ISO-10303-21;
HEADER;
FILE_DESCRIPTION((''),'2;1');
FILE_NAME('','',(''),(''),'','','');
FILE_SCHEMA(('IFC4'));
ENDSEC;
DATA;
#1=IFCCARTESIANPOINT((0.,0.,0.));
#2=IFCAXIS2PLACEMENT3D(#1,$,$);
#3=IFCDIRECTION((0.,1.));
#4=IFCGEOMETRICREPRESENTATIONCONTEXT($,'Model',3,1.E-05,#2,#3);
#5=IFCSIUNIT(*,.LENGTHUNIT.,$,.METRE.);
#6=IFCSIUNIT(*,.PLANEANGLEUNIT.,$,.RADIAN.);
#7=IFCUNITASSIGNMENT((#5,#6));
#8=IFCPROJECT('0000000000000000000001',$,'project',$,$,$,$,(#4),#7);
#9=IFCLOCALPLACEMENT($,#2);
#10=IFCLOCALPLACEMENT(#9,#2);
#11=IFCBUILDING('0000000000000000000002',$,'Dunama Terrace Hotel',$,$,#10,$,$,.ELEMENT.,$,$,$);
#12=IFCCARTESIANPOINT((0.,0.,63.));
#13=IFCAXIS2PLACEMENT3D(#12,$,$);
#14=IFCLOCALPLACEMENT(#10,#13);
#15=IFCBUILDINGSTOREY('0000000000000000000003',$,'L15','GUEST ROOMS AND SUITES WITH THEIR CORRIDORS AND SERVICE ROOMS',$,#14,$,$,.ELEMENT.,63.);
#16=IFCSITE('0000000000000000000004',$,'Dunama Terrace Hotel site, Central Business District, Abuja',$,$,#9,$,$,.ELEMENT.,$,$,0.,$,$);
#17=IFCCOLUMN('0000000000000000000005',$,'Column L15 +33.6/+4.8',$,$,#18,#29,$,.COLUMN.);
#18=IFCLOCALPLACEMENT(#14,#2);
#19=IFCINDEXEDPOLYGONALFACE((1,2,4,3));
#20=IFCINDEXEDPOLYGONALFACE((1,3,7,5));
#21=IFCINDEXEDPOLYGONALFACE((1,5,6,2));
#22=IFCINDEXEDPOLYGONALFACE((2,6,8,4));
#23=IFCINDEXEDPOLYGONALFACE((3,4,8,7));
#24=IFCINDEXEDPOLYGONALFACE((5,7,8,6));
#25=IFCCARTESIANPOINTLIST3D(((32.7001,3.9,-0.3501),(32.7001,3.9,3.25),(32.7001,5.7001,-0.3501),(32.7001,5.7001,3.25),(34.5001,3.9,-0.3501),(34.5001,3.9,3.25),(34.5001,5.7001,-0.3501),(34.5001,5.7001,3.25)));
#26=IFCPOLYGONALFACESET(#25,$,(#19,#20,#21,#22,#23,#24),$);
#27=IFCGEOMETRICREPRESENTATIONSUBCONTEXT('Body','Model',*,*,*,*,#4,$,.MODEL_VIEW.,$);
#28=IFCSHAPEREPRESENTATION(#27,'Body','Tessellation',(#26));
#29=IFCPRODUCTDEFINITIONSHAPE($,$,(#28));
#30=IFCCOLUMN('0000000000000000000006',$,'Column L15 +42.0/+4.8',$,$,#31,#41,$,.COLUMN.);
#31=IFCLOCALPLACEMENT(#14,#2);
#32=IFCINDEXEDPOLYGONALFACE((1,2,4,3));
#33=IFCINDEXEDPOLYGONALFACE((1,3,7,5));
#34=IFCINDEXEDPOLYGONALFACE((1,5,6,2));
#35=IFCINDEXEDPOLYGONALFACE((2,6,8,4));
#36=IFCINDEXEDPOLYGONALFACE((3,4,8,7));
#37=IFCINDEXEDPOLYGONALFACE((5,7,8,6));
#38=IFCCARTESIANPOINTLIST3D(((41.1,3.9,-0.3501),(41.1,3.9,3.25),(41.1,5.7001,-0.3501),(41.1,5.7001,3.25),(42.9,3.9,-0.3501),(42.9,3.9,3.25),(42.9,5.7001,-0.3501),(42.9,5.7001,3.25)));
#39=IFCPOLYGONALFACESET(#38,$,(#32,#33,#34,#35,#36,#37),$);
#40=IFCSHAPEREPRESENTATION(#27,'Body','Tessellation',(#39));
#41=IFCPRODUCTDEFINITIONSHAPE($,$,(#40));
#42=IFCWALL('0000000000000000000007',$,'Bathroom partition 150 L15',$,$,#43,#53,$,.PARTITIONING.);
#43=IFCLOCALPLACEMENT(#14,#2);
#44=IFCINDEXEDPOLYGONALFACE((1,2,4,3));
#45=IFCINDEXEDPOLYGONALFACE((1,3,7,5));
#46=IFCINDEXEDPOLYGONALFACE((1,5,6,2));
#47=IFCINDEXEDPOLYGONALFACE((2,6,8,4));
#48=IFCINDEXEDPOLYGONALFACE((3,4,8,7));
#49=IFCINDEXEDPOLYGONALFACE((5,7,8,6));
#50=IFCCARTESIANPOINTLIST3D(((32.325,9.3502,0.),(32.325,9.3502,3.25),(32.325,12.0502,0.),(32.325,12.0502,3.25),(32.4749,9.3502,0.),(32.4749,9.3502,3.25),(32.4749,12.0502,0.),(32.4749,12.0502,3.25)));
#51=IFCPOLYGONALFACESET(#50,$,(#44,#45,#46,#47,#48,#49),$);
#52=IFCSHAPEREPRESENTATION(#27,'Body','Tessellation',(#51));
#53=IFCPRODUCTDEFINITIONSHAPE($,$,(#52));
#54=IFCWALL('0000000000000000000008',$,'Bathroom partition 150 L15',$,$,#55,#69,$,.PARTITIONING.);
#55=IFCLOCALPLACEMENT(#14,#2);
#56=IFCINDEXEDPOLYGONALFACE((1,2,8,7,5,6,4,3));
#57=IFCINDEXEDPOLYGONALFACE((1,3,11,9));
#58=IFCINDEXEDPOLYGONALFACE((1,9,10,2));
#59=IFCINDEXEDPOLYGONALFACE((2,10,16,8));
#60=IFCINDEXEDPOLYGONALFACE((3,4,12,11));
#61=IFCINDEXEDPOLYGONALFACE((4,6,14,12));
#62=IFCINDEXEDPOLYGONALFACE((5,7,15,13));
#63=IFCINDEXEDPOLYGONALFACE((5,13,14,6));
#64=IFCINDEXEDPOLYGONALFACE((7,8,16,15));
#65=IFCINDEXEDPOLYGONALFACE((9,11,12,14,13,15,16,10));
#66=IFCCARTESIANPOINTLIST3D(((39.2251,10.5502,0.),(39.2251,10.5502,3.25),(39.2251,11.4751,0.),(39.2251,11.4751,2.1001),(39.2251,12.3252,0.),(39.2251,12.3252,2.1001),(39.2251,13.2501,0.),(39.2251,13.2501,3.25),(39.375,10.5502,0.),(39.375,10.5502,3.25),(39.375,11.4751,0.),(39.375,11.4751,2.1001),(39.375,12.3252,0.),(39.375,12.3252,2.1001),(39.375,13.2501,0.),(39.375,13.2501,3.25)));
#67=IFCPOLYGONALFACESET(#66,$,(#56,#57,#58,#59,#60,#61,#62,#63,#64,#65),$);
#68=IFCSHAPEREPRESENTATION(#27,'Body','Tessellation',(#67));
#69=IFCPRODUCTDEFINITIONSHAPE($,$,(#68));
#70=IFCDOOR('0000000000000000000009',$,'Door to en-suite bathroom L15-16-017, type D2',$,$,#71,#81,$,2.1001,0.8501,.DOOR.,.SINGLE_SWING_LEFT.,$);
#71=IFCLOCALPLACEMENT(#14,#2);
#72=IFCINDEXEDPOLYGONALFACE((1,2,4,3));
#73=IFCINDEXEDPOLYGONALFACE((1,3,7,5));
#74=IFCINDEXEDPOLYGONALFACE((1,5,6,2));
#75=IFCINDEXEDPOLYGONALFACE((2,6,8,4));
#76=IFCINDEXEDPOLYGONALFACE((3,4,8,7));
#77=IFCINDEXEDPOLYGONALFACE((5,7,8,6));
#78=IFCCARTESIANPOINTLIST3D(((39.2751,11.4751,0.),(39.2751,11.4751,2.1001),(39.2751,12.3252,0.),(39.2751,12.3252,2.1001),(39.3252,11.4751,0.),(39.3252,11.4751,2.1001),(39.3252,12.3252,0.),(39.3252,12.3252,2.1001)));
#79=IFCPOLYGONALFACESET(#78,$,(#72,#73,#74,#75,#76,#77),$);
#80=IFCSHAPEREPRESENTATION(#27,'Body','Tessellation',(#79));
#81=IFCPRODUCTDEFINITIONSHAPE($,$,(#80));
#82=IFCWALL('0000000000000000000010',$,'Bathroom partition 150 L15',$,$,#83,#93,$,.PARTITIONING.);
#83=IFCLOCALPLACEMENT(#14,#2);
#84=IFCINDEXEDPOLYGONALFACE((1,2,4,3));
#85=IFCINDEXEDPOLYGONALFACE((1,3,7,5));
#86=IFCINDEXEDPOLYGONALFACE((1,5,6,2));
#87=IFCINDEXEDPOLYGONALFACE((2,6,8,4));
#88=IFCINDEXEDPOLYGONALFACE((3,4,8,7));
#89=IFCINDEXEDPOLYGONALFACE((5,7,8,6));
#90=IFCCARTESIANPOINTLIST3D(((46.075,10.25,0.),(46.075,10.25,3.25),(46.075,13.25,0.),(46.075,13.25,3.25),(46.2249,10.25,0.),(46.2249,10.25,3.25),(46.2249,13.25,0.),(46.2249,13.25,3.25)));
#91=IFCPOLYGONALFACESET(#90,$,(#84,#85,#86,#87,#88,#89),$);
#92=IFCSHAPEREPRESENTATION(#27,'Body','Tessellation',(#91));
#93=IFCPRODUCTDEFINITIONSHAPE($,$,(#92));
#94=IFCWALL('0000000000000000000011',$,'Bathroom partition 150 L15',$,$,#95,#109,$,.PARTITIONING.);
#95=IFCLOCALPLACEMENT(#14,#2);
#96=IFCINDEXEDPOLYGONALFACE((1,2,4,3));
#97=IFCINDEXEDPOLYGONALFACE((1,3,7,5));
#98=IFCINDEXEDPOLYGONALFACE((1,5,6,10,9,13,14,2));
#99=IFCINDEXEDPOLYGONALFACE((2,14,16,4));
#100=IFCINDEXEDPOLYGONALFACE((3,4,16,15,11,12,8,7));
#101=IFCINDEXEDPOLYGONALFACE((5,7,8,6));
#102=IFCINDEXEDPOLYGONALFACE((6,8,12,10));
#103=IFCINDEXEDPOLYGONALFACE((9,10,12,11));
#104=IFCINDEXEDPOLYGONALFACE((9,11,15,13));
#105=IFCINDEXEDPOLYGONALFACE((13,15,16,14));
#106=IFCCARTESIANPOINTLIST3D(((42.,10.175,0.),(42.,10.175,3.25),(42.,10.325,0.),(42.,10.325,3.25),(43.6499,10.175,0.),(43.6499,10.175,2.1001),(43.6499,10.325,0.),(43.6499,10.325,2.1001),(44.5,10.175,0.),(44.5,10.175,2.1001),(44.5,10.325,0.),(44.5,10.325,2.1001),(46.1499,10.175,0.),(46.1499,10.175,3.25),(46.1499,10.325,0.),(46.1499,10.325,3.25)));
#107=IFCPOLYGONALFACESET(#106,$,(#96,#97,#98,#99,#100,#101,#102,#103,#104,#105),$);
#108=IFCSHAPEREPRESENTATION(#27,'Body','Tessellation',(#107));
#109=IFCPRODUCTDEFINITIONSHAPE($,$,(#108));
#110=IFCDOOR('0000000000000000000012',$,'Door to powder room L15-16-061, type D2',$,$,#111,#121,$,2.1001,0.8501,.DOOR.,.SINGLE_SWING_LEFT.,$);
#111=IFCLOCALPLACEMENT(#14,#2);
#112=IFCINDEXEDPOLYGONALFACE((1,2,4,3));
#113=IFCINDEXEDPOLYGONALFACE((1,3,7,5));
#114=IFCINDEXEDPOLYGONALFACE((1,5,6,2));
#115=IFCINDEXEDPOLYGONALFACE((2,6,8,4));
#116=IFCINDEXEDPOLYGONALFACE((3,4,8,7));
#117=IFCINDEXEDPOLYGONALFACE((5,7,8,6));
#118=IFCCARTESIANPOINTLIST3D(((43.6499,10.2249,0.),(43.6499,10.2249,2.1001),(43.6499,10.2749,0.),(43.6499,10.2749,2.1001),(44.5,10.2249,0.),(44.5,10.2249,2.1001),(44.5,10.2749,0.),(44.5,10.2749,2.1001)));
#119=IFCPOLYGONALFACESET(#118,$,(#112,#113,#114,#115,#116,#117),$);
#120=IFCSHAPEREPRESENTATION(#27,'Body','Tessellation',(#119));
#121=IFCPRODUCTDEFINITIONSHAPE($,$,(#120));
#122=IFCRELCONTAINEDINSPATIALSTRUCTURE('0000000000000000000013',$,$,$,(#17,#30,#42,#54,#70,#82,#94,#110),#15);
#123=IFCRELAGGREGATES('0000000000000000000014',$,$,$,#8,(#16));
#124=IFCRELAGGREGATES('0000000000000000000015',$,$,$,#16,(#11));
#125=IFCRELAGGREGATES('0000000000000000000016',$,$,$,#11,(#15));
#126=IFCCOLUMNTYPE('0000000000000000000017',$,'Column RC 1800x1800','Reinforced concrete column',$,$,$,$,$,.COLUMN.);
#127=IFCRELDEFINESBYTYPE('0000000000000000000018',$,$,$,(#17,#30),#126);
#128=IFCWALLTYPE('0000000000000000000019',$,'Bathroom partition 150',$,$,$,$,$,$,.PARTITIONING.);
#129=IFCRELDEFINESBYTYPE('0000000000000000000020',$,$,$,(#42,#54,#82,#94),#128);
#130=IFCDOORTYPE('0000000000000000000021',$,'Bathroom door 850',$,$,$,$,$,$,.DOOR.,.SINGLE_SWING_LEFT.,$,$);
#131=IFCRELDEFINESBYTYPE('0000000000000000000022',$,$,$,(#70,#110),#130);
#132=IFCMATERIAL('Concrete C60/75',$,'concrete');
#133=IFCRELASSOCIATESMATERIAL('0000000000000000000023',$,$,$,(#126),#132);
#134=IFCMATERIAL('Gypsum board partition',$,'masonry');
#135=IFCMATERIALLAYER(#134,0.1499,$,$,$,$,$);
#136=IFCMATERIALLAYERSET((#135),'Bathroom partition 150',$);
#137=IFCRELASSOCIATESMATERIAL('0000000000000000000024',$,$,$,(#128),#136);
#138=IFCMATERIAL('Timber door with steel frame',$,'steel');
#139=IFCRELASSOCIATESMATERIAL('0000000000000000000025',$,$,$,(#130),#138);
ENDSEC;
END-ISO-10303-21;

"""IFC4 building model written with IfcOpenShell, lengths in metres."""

from ifc_helpers import new_model, si_unit, direction, frame, frame_2d, origin, origin_2d, place, context, subcontext, project, spatial, rectangle, extrude, material, layer, layer_set, material_profile, profile_set, type_object, element, fill, save


model = new_model("IFC4")

# Units and contexts
model_context = context("Model", 3, precision=1e-05, world=origin(), true_north=direction((0.0, 1.0)))
body_context = subcontext(model_context, "Body", "Model", "MODEL_VIEW")
ifc_project = project(units=[si_unit("LENGTHUNIT", "METRE"), si_unit("PLANEANGLEUNIT", "RADIAN")], contexts=[model_context])

# Site, building, storey
site_placement = place(None, origin())
site = spatial("IfcSite", under=ifc_project, at=site_placement, Name="Dunama Terrace Hotel site, Central Business District, Abuja", CompositionType="ELEMENT", RefElevation=0.0)
building_placement = place(site_placement, origin())
building = spatial("IfcBuilding", under=site, at=building_placement, Name="Dunama Terrace Hotel", CompositionType="ELEMENT")
storey_placement = place(building_placement, frame((0.0, 0.0, 63.0)))
storey = spatial("IfcBuildingStorey", under=building, at=storey_placement, Name="L15", Description="GUEST ROOMS AND SUITES WITH THEIR CORRIDORS AND SERVICE ROOMS", CompositionType="ELEMENT", Elevation=63.0)

# Columns
ifc_material_1 = material(Name="Concrete C60/75", Category="concrete")
ifc_material_profile = material_profile(ifc_material_1, rectangle(XDim=1.8, YDim=1.8, at=origin_2d()), Name="RC 1800x1800")
ifc_profile_set = profile_set([ifc_material_profile], Name="Concrete C60/75")
column_type = type_object("IfcColumnType", Name="Column RC 1800x1800", Description="Reinforced concrete column", PredefinedType="COLUMN", material=ifc_profile_set)
for number, where, z_axis, x_axis, name in (
    (1, (33.6001, 4.8, -0.3501), (0.0, 0.0, 1.0), (1.0, 0.0, 0.0), "Column L15 +33.6/+4.8"),
    (2, (42.0, 4.8, -0.3501), (0.0, 0.0, 1.0), (1.0, 0.0, 0.0), "Column L15 +42.0/+4.8"),
):
    element("IfcColumn", number, at=place(storey_placement, frame(where, z_axis=z_axis, x_axis=x_axis)), inside=storey, type_object=column_type, Name=name, PredefinedType="COLUMN", context=body_context, shape_type="SweptSolid", body=[
        extrude(rectangle(XDim=1.8, YDim=1.8, at=origin_2d()), origin(), (0.0, 0.0, 1.0), 3.6001),
    ])

# Wall
ifc_material_2 = material(Name="Gypsum board partition", Category="masonry")
ifc_layer_1 = layer(ifc_material_2, 0.1499)
ifc_layer_set_1 = layer_set([ifc_layer_1], Name="Bathroom partition 150")
wall_type_1 = type_object("IfcWallType", Name="Bathroom partition 150", PredefinedType="PARTITIONING", material=ifc_layer_set_1)
wall_1_placement = place(storey_placement, frame((32.3999, 9.3501, 0.0), z_axis=(0.0, 0.0, 1.0), x_axis=(0.0, 1.0, 0.0)))
element("IfcWall", 3, at=wall_1_placement, inside=storey, type_object=wall_type_1, Name="Bathroom partition 150 L15", PredefinedType="PARTITIONING", context=body_context, shape_type="SweptSolid", body=[
    extrude(rectangle(XDim=2.7, YDim=0.1499, at=frame_2d((1.3501, 0.0))), origin(), (0.0, 0.0, 1.0), 3.25),
])

# Wall, opening, door
wall_2_placement = place(storey_placement, frame((39.3, 10.55, 0.0), z_axis=(0.0, 0.0, 1.0), x_axis=(0.0, 1.0, 0.0)))
wall_2 = element("IfcWall", 4, at=wall_2_placement, inside=storey, type_object=wall_type_1, Name="Bathroom partition 150 L15", PredefinedType="PARTITIONING", context=body_context, shape_type="SweptSolid", body=[
    extrude(rectangle(XDim=2.7, YDim=0.1499, at=frame_2d((1.3501, 0.0))), origin(), (0.0, 0.0, 1.0), 3.25),
])
opening_1_placement = place(wall_2_placement, frame((0.925, 0.0, 0.0)))
opening_1 = element("IfcOpeningElement", 5, at=opening_1_placement, cuts=wall_2, PredefinedType="OPENING", context=body_context, shape_type="SweptSolid", body=[
    extrude(rectangle(XDim=0.8501, YDim=2.1001, at=frame_2d((0.425, 1.05))), frame((0.0, 0.085, 0.0), z_axis=(0.0, -1.0, 0.0), x_axis=(1.0, 0.0, 0.0)), (0.0, 0.0, 1.0), 0.1699),
])
ifc_material_3 = material(Name="Timber door with steel frame", Category="steel")
door_type_1 = type_object("IfcDoorType", Name="Bathroom door 850", OperationType="SINGLE_SWING_LEFT", PredefinedType="DOOR", material=ifc_material_3)
door_1_placement = place(opening_1_placement, frame((0.8501, 0.0, 0.0), z_axis=(0.0, 0.0, 1.0), x_axis=(-1.0, 0.0, 0.0)))
door_1 = element("IfcDoor", 6, at=door_1_placement, inside=storey, type_object=door_type_1, Name="Door to en-suite bathroom L15-16-017, type D2", OperationType="SINGLE_SWING_LEFT", OverallHeight=2.1001, OverallWidth=0.8501, PredefinedType="DOOR", context=body_context, shape_type="SweptSolid", body=[
    extrude(rectangle(XDim=0.8501, YDim=2.1001, at=frame_2d((0.425, 1.05))), frame((0.0, 0.0251, 0.0), z_axis=(0.0, -1.0, 0.0), x_axis=(1.0, 0.0, 0.0)), (0.0, 0.0, 1.0), 0.05),
])
fill(opening_1, door_1)

# Wall
wall_3_placement = place(storey_placement, frame((46.1499, 10.25, 0.0), z_axis=(0.0, 0.0, 1.0), x_axis=(0.0, 1.0, 0.0)))
element("IfcWall", 7, at=wall_3_placement, inside=storey, type_object=wall_type_1, Name="Bathroom partition 150 L15", PredefinedType="PARTITIONING", context=body_context, shape_type="SweptSolid", body=[
    extrude(rectangle(XDim=3.0, YDim=0.1499, at=frame_2d((1.5, 0.0))), origin(), (0.0, 0.0, 1.0), 3.25),
])

# Wall, opening, door
wall_4_placement = place(storey_placement, frame((42.0, 10.25, 0.0), z_axis=(0.0, 0.0, 1.0), x_axis=(1.0, 0.0, 0.0)))
wall_4 = element("IfcWall", 8, at=wall_4_placement, inside=storey, type_object=wall_type_1, Name="Bathroom partition 150 L15", PredefinedType="PARTITIONING", context=body_context, shape_type="SweptSolid", body=[
    extrude(rectangle(XDim=4.1499, YDim=0.1499, at=frame_2d((2.075, 0.0))), origin(), (0.0, 0.0, 1.0), 3.25),
])
opening_2_placement = place(wall_4_placement, frame((1.6499, 0.0, 0.0)))
opening_2 = element("IfcOpeningElement", 9, at=opening_2_placement, cuts=wall_4, PredefinedType="OPENING", context=body_context, shape_type="SweptSolid", body=[
    extrude(rectangle(XDim=0.8501, YDim=2.1001, at=frame_2d((0.425, 1.05))), frame((0.0, 0.085, 0.0), z_axis=(0.0, -1.0, 0.0), x_axis=(1.0, 0.0, 0.0)), (0.0, 0.0, 1.0), 0.1699),
])
door_2_placement = place(opening_2_placement, origin())
door_2 = element("IfcDoor", 10, at=door_2_placement, inside=storey, type_object=door_type_1, Name="Door to powder room L15-16-061, type D2", OperationType="SINGLE_SWING_LEFT", OverallHeight=2.1001, OverallWidth=0.8501, PredefinedType="DOOR", context=body_context, shape_type="SweptSolid", body=[
    extrude(rectangle(XDim=0.8501, YDim=2.1001, at=frame_2d((0.425, 1.05))), frame((0.0, 0.0249, 0.0), z_axis=(0.0, -1.0, 0.0), x_axis=(1.0, 0.0, 0.0)), (0.0, 0.0, 1.0), 0.05),
])
fill(opening_2, door_2)

save(model, "model.ifc")
